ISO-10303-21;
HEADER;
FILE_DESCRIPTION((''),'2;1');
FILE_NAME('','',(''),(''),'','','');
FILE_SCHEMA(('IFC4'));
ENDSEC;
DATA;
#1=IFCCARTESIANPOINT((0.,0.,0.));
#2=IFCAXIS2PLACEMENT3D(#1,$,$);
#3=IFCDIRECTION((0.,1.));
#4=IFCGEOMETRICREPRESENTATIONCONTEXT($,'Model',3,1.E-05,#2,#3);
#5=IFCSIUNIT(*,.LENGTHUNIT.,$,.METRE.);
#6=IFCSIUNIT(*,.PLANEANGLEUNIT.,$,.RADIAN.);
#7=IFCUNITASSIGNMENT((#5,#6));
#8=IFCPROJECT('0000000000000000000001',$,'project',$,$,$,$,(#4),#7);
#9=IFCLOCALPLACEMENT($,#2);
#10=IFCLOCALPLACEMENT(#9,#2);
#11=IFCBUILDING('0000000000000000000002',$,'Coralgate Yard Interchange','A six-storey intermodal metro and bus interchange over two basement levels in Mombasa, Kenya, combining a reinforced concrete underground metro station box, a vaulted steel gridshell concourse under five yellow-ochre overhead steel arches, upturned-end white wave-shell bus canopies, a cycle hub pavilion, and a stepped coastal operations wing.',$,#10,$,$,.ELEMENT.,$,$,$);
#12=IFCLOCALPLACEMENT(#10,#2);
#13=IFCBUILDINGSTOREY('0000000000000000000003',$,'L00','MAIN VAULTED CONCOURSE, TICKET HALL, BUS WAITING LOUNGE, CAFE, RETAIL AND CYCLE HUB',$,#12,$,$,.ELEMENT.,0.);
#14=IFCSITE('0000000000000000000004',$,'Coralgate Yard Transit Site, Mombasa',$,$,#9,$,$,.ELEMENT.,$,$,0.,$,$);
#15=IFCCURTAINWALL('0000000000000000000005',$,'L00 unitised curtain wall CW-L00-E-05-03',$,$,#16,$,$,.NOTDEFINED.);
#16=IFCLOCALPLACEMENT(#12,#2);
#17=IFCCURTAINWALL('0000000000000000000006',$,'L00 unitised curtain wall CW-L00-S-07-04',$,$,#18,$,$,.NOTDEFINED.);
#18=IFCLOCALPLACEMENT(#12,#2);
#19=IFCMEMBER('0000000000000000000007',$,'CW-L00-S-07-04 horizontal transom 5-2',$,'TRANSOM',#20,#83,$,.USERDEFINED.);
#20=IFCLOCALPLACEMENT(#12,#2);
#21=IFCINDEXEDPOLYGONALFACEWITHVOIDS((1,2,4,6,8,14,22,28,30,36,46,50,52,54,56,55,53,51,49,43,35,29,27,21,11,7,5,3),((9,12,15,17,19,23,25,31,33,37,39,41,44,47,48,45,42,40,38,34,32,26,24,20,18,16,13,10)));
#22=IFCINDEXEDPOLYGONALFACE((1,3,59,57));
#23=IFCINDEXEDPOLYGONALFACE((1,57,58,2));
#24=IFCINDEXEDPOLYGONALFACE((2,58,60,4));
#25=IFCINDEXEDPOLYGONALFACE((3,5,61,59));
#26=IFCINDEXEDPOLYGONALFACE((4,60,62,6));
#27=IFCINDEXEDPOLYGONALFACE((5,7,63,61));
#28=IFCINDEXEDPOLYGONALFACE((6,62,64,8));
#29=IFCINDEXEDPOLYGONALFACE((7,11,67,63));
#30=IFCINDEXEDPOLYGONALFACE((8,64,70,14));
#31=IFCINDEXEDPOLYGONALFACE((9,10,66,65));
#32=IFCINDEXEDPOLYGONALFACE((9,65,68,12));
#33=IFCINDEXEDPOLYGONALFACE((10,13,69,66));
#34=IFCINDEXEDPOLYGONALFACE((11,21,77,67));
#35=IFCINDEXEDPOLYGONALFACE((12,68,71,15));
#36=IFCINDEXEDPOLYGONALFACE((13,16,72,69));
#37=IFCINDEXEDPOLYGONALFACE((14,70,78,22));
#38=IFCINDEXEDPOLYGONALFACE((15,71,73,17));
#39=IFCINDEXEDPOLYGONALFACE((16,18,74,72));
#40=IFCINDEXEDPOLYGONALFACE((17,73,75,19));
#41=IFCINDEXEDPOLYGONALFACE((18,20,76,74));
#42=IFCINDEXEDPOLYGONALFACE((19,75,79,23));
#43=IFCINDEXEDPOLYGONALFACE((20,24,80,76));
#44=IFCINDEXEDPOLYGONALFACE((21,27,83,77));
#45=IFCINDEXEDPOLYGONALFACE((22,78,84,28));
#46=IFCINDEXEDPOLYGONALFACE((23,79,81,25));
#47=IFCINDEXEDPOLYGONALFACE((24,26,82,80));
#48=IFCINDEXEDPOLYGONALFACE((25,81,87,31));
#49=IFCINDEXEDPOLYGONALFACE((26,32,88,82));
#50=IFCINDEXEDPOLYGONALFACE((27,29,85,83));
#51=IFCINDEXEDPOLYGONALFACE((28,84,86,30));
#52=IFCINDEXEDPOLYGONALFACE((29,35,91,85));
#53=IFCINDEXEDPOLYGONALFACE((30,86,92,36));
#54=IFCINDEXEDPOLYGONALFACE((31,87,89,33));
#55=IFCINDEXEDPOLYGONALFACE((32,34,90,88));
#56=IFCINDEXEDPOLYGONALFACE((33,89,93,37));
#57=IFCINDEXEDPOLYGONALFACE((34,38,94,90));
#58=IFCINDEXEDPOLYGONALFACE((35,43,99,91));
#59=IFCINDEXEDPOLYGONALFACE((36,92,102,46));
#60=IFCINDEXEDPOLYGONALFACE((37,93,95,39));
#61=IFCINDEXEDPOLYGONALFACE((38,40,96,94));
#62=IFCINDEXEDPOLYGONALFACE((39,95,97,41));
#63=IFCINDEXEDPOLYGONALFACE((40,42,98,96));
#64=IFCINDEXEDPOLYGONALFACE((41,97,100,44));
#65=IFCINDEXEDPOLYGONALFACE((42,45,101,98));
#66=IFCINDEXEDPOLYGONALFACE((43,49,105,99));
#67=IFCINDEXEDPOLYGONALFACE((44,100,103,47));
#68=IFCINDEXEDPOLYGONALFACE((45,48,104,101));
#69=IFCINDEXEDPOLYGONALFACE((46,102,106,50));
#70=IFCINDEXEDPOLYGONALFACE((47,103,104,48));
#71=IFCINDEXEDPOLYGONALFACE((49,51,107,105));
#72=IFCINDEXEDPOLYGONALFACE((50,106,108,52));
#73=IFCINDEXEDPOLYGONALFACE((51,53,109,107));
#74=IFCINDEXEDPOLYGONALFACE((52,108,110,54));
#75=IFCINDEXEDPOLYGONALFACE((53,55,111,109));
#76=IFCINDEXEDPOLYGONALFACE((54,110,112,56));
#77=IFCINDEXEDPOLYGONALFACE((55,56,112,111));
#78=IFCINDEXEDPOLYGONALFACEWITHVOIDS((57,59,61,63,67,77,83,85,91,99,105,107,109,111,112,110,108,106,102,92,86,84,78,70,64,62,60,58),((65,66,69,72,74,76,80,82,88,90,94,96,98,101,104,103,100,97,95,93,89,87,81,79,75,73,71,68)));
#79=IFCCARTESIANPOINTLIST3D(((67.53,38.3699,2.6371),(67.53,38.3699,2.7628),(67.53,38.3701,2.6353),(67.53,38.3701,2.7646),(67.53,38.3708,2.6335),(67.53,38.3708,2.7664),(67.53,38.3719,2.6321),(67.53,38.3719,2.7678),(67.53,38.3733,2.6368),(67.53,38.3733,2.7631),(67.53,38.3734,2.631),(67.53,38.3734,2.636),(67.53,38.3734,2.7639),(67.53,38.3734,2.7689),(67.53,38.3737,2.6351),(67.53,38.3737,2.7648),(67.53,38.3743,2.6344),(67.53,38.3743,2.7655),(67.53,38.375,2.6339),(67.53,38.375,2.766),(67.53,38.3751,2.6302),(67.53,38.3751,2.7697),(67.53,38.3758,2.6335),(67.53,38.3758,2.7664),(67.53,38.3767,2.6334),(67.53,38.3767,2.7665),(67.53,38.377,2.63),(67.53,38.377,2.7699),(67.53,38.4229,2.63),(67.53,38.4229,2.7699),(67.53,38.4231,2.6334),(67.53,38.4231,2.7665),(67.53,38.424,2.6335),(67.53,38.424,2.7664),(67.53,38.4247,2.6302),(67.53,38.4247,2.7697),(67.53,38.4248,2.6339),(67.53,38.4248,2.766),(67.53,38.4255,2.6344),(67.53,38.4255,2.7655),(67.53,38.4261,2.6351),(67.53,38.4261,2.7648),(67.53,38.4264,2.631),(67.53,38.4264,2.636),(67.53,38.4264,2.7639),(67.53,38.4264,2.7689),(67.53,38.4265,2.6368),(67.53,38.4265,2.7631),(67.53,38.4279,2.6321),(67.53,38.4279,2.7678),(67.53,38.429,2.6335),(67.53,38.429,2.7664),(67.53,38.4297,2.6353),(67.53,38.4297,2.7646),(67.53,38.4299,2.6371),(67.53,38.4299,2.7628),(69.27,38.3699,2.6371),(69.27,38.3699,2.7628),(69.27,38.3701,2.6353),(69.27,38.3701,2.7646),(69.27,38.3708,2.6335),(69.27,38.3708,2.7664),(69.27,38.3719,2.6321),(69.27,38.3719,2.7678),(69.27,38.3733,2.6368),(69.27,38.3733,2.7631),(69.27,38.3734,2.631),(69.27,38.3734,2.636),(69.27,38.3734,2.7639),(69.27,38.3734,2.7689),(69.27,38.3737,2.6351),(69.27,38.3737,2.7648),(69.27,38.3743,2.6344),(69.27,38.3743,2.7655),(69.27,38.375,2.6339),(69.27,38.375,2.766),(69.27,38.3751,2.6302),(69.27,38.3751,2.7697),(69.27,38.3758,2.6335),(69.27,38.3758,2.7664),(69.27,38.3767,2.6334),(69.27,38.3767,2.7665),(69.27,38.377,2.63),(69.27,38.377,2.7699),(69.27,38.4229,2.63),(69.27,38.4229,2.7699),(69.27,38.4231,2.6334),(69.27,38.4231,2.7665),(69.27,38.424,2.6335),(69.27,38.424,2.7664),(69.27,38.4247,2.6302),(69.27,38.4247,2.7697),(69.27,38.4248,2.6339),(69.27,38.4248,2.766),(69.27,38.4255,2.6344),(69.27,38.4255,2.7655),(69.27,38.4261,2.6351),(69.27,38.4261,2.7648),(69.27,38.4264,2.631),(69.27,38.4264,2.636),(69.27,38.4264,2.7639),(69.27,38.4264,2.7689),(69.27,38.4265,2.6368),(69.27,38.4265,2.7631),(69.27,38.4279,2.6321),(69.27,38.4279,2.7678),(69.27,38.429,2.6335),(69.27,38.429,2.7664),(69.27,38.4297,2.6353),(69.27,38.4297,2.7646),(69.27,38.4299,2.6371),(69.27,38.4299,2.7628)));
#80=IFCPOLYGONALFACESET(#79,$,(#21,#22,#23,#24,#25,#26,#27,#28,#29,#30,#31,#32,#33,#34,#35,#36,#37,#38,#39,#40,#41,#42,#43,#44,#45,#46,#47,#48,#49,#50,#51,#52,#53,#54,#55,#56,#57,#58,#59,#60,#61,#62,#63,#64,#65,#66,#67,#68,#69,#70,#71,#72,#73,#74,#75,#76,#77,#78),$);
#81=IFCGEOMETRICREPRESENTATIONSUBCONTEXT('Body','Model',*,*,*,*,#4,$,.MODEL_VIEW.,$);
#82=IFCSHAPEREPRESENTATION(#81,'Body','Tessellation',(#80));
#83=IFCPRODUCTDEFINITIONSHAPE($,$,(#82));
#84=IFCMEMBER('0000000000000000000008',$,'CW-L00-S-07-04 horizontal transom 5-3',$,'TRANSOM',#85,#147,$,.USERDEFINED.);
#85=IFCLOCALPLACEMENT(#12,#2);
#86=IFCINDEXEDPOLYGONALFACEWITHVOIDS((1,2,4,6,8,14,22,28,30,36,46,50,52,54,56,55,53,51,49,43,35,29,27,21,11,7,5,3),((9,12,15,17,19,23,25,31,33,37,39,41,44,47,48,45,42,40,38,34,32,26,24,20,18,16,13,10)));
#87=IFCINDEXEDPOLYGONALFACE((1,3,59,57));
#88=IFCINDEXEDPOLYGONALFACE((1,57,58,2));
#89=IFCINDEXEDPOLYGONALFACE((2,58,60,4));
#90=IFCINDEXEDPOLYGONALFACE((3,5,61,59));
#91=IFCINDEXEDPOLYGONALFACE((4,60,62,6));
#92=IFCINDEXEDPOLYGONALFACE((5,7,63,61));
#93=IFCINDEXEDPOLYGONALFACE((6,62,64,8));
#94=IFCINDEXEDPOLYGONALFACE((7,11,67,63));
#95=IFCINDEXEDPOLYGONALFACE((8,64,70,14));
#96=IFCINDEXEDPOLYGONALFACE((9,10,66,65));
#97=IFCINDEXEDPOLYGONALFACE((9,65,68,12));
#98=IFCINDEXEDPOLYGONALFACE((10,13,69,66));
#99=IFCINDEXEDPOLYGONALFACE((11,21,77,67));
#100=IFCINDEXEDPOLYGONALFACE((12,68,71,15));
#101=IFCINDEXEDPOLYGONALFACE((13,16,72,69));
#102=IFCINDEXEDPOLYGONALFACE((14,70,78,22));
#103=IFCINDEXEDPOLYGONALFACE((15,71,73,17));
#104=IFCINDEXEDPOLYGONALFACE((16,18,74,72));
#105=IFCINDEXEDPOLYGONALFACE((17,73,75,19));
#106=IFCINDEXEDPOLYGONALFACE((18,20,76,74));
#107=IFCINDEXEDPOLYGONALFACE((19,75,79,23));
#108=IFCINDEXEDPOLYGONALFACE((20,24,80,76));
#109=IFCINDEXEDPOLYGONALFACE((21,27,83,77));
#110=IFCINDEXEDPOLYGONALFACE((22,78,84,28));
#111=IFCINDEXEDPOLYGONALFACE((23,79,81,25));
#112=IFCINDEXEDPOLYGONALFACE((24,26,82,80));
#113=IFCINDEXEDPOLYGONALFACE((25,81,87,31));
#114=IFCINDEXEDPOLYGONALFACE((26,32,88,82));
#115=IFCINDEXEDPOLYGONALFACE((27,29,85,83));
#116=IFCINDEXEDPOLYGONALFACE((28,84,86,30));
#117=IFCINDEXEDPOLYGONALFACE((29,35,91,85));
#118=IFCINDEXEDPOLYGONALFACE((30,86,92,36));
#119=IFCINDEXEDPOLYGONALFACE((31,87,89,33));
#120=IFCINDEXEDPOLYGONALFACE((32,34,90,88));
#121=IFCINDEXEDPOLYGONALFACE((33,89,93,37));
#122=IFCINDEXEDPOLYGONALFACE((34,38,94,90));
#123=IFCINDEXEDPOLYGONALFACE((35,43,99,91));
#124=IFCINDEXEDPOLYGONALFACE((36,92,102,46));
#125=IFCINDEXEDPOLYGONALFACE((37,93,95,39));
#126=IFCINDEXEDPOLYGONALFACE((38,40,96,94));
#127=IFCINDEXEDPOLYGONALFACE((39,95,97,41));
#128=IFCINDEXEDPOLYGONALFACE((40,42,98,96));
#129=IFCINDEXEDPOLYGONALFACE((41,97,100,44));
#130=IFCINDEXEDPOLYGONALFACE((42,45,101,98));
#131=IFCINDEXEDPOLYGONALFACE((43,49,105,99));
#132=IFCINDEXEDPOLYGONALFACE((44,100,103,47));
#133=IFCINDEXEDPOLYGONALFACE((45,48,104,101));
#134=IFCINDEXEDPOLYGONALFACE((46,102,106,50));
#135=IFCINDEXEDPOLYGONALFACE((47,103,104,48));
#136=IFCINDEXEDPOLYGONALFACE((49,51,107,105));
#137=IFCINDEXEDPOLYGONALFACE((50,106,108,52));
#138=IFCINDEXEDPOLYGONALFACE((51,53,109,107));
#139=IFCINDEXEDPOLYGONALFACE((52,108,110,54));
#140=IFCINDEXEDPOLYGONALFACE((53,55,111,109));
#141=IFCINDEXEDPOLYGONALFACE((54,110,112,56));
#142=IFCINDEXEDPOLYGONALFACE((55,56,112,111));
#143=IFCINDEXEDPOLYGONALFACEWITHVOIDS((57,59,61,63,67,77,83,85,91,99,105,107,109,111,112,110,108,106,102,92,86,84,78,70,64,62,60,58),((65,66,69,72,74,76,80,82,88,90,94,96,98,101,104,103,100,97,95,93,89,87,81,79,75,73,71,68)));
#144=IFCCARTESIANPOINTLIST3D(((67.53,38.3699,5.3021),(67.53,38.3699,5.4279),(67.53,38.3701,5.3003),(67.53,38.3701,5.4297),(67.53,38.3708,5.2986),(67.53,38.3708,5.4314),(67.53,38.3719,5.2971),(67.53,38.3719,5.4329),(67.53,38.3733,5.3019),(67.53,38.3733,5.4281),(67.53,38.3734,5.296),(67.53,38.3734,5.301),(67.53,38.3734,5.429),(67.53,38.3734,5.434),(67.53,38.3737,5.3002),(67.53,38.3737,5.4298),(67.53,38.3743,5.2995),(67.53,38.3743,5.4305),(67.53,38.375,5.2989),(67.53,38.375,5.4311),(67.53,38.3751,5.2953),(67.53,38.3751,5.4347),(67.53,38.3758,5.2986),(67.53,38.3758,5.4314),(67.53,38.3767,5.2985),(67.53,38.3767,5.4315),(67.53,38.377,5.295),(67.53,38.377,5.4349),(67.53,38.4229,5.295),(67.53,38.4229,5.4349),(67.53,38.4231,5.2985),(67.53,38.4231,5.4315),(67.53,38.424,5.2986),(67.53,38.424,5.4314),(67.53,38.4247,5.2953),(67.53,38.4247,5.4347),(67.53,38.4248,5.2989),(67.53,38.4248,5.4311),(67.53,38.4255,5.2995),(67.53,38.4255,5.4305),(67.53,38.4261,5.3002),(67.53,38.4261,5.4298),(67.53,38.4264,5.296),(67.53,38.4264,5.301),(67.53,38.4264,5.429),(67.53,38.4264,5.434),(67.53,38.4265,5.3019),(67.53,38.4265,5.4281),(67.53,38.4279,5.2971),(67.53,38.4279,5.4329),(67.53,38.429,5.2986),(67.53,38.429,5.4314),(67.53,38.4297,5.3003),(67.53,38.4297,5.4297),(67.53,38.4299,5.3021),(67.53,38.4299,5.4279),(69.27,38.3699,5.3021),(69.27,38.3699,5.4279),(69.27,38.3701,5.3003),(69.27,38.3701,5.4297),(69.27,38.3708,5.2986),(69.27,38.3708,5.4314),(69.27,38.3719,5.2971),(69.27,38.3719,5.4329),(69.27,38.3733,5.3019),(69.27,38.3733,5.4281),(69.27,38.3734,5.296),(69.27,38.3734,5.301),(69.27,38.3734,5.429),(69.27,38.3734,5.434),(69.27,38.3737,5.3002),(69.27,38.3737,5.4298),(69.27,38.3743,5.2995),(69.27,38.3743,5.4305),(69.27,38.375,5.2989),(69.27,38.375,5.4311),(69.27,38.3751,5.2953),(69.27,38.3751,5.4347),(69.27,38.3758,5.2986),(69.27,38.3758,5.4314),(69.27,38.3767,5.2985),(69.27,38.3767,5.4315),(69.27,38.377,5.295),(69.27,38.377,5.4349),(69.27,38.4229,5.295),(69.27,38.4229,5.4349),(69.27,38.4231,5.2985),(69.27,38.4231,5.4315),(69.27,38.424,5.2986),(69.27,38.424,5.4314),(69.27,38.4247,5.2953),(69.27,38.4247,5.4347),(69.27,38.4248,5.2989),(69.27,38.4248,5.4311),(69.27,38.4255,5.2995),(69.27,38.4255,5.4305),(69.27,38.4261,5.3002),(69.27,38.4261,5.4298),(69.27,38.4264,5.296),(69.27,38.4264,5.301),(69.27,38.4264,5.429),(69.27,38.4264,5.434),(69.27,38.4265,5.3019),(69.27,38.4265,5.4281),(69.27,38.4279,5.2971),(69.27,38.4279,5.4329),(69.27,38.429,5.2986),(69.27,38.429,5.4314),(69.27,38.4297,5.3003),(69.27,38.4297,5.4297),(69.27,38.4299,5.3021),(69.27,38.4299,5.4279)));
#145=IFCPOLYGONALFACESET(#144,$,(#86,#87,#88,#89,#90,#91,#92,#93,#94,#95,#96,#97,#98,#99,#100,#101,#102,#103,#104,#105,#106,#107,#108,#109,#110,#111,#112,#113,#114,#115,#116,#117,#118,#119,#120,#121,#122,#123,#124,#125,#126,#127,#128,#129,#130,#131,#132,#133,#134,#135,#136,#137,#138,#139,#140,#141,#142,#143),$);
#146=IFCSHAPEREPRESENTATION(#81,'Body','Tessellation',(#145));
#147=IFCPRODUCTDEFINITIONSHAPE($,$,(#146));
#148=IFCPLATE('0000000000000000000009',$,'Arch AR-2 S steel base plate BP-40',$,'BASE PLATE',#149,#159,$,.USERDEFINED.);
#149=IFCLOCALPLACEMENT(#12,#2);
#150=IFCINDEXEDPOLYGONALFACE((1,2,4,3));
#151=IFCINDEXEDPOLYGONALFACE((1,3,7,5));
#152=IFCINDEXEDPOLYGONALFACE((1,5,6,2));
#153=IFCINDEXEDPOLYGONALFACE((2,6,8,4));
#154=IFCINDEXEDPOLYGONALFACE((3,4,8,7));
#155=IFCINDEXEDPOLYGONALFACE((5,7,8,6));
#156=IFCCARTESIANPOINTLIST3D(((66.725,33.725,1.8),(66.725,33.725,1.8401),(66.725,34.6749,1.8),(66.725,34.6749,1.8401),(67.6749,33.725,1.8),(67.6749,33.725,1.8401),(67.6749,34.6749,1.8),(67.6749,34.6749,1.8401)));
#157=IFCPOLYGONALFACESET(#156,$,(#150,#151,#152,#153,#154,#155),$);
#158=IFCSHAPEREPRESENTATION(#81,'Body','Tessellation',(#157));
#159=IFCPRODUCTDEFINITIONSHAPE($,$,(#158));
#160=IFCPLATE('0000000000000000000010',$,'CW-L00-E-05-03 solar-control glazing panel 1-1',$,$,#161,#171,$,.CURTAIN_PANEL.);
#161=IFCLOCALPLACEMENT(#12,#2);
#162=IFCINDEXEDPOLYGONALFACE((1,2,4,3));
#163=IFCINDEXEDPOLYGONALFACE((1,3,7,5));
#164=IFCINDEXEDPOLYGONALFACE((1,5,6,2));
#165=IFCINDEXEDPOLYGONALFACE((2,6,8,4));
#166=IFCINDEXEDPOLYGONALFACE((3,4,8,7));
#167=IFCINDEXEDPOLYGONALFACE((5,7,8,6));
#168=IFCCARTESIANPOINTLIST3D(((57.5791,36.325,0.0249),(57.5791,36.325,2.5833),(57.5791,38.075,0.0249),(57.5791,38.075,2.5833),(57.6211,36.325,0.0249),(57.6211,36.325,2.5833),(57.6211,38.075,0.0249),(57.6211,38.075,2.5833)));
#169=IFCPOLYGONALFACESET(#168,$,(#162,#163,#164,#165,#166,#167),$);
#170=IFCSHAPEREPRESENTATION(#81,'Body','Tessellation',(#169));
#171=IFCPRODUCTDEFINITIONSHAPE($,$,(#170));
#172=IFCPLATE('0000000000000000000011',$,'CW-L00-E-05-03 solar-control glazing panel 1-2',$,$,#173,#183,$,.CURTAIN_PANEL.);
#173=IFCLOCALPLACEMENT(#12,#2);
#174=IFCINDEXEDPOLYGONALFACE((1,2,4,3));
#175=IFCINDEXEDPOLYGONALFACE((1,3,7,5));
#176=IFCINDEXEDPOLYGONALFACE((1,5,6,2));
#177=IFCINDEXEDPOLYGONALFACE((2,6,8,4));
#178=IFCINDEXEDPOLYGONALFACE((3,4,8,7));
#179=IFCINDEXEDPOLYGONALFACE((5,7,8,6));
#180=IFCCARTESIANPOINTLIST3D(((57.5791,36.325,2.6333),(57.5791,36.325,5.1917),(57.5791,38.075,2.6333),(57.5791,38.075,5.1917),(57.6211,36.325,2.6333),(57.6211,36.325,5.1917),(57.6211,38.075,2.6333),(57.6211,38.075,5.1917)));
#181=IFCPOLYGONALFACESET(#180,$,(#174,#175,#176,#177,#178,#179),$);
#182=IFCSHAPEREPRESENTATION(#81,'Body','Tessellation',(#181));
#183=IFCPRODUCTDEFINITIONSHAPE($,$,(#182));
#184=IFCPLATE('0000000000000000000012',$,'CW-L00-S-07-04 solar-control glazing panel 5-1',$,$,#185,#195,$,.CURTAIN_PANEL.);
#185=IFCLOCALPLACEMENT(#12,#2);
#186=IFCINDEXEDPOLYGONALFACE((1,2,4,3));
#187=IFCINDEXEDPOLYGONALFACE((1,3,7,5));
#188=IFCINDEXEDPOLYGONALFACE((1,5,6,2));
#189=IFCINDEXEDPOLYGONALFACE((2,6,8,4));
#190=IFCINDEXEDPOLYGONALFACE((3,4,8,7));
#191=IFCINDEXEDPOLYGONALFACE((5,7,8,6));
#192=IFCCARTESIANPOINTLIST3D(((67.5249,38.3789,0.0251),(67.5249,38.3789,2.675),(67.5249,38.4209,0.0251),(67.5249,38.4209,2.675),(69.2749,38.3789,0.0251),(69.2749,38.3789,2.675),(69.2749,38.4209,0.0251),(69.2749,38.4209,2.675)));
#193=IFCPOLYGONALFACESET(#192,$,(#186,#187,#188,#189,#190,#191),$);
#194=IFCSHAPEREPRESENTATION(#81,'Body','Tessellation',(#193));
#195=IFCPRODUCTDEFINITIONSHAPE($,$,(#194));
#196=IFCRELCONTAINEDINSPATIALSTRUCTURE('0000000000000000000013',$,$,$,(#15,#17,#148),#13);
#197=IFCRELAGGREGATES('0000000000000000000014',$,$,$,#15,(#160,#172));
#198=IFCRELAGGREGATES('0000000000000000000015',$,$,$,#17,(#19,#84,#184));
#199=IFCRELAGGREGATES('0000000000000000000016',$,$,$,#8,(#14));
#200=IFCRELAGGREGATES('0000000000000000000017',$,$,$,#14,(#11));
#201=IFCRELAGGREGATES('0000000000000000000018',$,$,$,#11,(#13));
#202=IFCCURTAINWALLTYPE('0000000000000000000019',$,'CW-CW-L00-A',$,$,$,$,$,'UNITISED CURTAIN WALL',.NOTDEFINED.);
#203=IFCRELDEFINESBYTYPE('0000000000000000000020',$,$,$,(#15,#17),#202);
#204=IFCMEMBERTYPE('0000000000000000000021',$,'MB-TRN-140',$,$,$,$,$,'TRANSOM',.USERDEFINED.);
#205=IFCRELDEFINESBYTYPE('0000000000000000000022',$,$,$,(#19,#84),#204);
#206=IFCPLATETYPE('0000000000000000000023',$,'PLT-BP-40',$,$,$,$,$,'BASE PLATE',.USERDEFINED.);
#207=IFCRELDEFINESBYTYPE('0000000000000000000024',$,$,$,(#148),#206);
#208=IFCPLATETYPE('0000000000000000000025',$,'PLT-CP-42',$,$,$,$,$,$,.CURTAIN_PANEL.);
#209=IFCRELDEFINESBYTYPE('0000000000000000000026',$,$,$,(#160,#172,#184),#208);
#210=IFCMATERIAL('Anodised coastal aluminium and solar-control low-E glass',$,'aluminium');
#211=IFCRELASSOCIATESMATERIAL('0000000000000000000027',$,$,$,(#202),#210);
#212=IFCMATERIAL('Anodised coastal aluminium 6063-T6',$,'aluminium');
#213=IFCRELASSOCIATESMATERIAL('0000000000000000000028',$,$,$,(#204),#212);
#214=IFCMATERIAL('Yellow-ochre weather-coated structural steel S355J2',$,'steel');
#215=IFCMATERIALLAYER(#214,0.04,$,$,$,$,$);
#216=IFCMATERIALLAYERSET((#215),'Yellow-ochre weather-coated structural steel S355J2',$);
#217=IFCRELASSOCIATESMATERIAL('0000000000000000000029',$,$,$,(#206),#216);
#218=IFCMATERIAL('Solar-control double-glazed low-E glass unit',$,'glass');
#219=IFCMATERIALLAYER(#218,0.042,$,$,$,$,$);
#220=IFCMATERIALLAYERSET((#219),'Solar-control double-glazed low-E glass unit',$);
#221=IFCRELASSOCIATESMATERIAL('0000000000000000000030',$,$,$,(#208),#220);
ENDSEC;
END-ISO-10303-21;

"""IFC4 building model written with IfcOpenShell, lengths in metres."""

from ifc_helpers import new_model, si_unit, direction, frame, origin, origin_2d, place, context, subcontext, project, spatial, rectangle, hollow_rectangle, extrude, material, layer, layer_set, material_profile, profile_set, type_object, element, aggregate, save


model = new_model("IFC4")

# Units and contexts
model_context = context("Model", 3, precision=1e-05, world=origin(), true_north=direction((0.0, 1.0)))
body_context = subcontext(model_context, "Body", "Model", "MODEL_VIEW")
ifc_project = project(units=[si_unit("LENGTHUNIT", "METRE"), si_unit("PLANEANGLEUNIT", "RADIAN")], contexts=[model_context])

# Site, building, storey
site_placement = place(None, origin())
site = spatial("IfcSite", under=ifc_project, at=site_placement, Name="Coralgate Yard Transit Site, Mombasa", CompositionType="ELEMENT", RefElevation=0.0)
building_placement = place(site_placement, origin())
building = spatial("IfcBuilding", under=site, at=building_placement, Name="Coralgate Yard Interchange", Description="A six-storey intermodal metro and bus interchange over two basement levels in Mombasa, Kenya, combining a reinforced concrete underground metro station box, a vaulted steel gridshell concourse under five yellow-ochre overhead steel arches, upturned-end white wave-shell bus canopies, a cycle hub pavilion, and a stepped coastal operations wing.", CompositionType="ELEMENT")
storey_placement = place(building_placement, origin())
storey = spatial("IfcBuildingStorey", under=building, at=storey_placement, Name="L00", Description="MAIN VAULTED CONCOURSE, TICKET HALL, BUS WAITING LOUNGE, CAFE, RETAIL AND CYCLE HUB", CompositionType="ELEMENT", Elevation=0.0)

# Curtain wall
ifc_material_1 = material(Name="Anodised coastal aluminium and solar-control low-E glass", Category="aluminium")
curtain_wall_type = type_object("IfcCurtainWallType", Name="CW-CW-L00-A", ElementType="UNITISED CURTAIN WALL", PredefinedType="NOTDEFINED", material=ifc_material_1)
curtain_wall_1_placement = place(storey_placement, origin())
curtain_wall_1 = element("IfcCurtainWall", 1, at=curtain_wall_1_placement, inside=storey, type_object=curtain_wall_type, Name="L00 unitised curtain wall CW-L00-E-05-03", PredefinedType="NOTDEFINED")
ifc_material_2 = material(Name="Anodised coastal aluminium 6063-T6", Category="aluminium")

# Curtain wall
curtain_wall_2_placement = place(storey_placement, origin())
curtain_wall_2 = element("IfcCurtainWall", 2, at=curtain_wall_2_placement, inside=storey, type_object=curtain_wall_type, Name="L00 unitised curtain wall CW-L00-S-07-04", PredefinedType="NOTDEFINED")

# Members
ifc_material_profile_1 = material_profile(ifc_material_2, hollow_rectangle(XDim=0.0601, YDim=0.1399, WallThickness=0.0034, InnerFilletRadius=0.0034, OuterFilletRadius=0.0071, at=origin_2d()), Name="ALU 60x140x3.5")
ifc_profile_set_1 = profile_set([ifc_material_profile_1], Name="Anodised coastal aluminium 6063-T6")
member_type_1 = type_object("IfcMemberType", Name="MB-TRN-140", ElementType="TRANSOM", PredefinedType="USERDEFINED", material=ifc_profile_set_1)
member_1_placement = place(storey_placement, frame((69.27, 38.3999, 2.7), z_axis=(-1.0, 0.0, 0.0), x_axis=(0.0, -1.0, 0.0)))
member_1 = element("IfcMember", 3, at=member_1_placement, type_object=member_type_1, Name="CW-L00-S-07-04 horizontal transom 5-2", ObjectType="TRANSOM", PredefinedType="USERDEFINED", context=body_context, shape_type="SweptSolid", body=[
    extrude(hollow_rectangle(XDim=0.0601, YDim=0.1399, WallThickness=0.0034, InnerFilletRadius=0.0034, OuterFilletRadius=0.0071, at=origin_2d()), origin(), (0.0, 0.0, 1.0), 1.74),
])
member_2_placement = place(storey_placement, frame((69.27, 38.3999, 5.365), z_axis=(-1.0, 0.0, 0.0), x_axis=(0.0, -1.0, 0.0)))
member_2 = element("IfcMember", 4, at=member_2_placement, type_object=member_type_1, Name="CW-L00-S-07-04 horizontal transom 5-3", ObjectType="TRANSOM", PredefinedType="USERDEFINED", context=body_context, shape_type="SweptSolid", body=[
    extrude(hollow_rectangle(XDim=0.0601, YDim=0.1399, WallThickness=0.0034, InnerFilletRadius=0.0034, OuterFilletRadius=0.0071, at=origin_2d()), origin(), (0.0, 0.0, 1.0), 1.74),
])

# Plates
ifc_material_3 = material(Name="Yellow-ochre weather-coated structural steel S355J2", Category="steel")
ifc_layer_1 = layer(ifc_material_3, 0.04)
ifc_layer_set_1 = layer_set([ifc_layer_1], Name="Yellow-ochre weather-coated structural steel S355J2")
plate_type_1 = type_object("IfcPlateType", Name="PLT-BP-40", ElementType="BASE PLATE", PredefinedType="USERDEFINED", material=ifc_layer_set_1)
plate_1_placement = place(storey_placement, frame((67.2, 34.2, 1.8), z_axis=(0.0, 0.0, 1.0), x_axis=(1.0, 0.0, 0.0)))
element("IfcPlate", 5, at=plate_1_placement, inside=storey, type_object=plate_type_1, Name="Arch AR-2 S steel base plate BP-40", ObjectType="BASE PLATE", PredefinedType="USERDEFINED", context=body_context, shape_type="SweptSolid", body=[
    extrude(rectangle(XDim=0.95, YDim=0.95, at=origin_2d()), origin(), (0.0, 0.0, 1.0), 0.04),
])
ifc_material_4 = material(Name="Solar-control double-glazed low-E glass unit", Category="glass")
ifc_layer_2 = layer(ifc_material_4, 0.042)
ifc_layer_set_2 = layer_set([ifc_layer_2], Name="Solar-control double-glazed low-E glass unit")
plate_type_2 = type_object("IfcPlateType", Name="PLT-CP-42", PredefinedType="CURTAIN_PANEL", material=ifc_layer_set_2)
plate_2_placement = place(storey_placement, frame((57.6001, 37.2, 0.0249), z_axis=(0.0, 0.0, 1.0), x_axis=(0.0, -1.0, 0.0)))
plate_2 = element("IfcPlate", 6, at=plate_2_placement, type_object=plate_type_2, Name="CW-L00-E-05-03 solar-control glazing panel 1-1", PredefinedType="CURTAIN_PANEL", context=body_context, shape_type="SweptSolid", body=[
    extrude(rectangle(XDim=1.75, YDim=0.042, at=origin_2d()), origin(), (0.0, 0.0, 1.0), 2.5583),
])
plate_3_placement = place(storey_placement, frame((57.6001, 37.2, 2.6333), z_axis=(0.0, 0.0, 1.0), x_axis=(0.0, -1.0, 0.0)))
plate_3 = element("IfcPlate", 7, at=plate_3_placement, type_object=plate_type_2, Name="CW-L00-E-05-03 solar-control glazing panel 1-2", PredefinedType="CURTAIN_PANEL", context=body_context, shape_type="SweptSolid", body=[
    extrude(rectangle(XDim=1.75, YDim=0.042, at=origin_2d()), origin(), (0.0, 0.0, 1.0), 2.5583),
])
aggregate(curtain_wall_1, [plate_2, plate_3])
plate_4_placement = place(storey_placement, frame((68.3999, 38.3999, 0.0251), z_axis=(0.0, 0.0, 1.0), x_axis=(-1.0, 0.0, 0.0)))
plate_4 = element("IfcPlate", 8, at=plate_4_placement, type_object=plate_type_2, Name="CW-L00-S-07-04 solar-control glazing panel 5-1", PredefinedType="CURTAIN_PANEL", context=body_context, shape_type="SweptSolid", body=[
    extrude(rectangle(XDim=1.75, YDim=0.042, at=origin_2d()), origin(), (0.0, 0.0, 1.0), 2.6499),
])
aggregate(curtain_wall_2, [member_1, member_2, plate_4])

save(model, "model.ifc")
